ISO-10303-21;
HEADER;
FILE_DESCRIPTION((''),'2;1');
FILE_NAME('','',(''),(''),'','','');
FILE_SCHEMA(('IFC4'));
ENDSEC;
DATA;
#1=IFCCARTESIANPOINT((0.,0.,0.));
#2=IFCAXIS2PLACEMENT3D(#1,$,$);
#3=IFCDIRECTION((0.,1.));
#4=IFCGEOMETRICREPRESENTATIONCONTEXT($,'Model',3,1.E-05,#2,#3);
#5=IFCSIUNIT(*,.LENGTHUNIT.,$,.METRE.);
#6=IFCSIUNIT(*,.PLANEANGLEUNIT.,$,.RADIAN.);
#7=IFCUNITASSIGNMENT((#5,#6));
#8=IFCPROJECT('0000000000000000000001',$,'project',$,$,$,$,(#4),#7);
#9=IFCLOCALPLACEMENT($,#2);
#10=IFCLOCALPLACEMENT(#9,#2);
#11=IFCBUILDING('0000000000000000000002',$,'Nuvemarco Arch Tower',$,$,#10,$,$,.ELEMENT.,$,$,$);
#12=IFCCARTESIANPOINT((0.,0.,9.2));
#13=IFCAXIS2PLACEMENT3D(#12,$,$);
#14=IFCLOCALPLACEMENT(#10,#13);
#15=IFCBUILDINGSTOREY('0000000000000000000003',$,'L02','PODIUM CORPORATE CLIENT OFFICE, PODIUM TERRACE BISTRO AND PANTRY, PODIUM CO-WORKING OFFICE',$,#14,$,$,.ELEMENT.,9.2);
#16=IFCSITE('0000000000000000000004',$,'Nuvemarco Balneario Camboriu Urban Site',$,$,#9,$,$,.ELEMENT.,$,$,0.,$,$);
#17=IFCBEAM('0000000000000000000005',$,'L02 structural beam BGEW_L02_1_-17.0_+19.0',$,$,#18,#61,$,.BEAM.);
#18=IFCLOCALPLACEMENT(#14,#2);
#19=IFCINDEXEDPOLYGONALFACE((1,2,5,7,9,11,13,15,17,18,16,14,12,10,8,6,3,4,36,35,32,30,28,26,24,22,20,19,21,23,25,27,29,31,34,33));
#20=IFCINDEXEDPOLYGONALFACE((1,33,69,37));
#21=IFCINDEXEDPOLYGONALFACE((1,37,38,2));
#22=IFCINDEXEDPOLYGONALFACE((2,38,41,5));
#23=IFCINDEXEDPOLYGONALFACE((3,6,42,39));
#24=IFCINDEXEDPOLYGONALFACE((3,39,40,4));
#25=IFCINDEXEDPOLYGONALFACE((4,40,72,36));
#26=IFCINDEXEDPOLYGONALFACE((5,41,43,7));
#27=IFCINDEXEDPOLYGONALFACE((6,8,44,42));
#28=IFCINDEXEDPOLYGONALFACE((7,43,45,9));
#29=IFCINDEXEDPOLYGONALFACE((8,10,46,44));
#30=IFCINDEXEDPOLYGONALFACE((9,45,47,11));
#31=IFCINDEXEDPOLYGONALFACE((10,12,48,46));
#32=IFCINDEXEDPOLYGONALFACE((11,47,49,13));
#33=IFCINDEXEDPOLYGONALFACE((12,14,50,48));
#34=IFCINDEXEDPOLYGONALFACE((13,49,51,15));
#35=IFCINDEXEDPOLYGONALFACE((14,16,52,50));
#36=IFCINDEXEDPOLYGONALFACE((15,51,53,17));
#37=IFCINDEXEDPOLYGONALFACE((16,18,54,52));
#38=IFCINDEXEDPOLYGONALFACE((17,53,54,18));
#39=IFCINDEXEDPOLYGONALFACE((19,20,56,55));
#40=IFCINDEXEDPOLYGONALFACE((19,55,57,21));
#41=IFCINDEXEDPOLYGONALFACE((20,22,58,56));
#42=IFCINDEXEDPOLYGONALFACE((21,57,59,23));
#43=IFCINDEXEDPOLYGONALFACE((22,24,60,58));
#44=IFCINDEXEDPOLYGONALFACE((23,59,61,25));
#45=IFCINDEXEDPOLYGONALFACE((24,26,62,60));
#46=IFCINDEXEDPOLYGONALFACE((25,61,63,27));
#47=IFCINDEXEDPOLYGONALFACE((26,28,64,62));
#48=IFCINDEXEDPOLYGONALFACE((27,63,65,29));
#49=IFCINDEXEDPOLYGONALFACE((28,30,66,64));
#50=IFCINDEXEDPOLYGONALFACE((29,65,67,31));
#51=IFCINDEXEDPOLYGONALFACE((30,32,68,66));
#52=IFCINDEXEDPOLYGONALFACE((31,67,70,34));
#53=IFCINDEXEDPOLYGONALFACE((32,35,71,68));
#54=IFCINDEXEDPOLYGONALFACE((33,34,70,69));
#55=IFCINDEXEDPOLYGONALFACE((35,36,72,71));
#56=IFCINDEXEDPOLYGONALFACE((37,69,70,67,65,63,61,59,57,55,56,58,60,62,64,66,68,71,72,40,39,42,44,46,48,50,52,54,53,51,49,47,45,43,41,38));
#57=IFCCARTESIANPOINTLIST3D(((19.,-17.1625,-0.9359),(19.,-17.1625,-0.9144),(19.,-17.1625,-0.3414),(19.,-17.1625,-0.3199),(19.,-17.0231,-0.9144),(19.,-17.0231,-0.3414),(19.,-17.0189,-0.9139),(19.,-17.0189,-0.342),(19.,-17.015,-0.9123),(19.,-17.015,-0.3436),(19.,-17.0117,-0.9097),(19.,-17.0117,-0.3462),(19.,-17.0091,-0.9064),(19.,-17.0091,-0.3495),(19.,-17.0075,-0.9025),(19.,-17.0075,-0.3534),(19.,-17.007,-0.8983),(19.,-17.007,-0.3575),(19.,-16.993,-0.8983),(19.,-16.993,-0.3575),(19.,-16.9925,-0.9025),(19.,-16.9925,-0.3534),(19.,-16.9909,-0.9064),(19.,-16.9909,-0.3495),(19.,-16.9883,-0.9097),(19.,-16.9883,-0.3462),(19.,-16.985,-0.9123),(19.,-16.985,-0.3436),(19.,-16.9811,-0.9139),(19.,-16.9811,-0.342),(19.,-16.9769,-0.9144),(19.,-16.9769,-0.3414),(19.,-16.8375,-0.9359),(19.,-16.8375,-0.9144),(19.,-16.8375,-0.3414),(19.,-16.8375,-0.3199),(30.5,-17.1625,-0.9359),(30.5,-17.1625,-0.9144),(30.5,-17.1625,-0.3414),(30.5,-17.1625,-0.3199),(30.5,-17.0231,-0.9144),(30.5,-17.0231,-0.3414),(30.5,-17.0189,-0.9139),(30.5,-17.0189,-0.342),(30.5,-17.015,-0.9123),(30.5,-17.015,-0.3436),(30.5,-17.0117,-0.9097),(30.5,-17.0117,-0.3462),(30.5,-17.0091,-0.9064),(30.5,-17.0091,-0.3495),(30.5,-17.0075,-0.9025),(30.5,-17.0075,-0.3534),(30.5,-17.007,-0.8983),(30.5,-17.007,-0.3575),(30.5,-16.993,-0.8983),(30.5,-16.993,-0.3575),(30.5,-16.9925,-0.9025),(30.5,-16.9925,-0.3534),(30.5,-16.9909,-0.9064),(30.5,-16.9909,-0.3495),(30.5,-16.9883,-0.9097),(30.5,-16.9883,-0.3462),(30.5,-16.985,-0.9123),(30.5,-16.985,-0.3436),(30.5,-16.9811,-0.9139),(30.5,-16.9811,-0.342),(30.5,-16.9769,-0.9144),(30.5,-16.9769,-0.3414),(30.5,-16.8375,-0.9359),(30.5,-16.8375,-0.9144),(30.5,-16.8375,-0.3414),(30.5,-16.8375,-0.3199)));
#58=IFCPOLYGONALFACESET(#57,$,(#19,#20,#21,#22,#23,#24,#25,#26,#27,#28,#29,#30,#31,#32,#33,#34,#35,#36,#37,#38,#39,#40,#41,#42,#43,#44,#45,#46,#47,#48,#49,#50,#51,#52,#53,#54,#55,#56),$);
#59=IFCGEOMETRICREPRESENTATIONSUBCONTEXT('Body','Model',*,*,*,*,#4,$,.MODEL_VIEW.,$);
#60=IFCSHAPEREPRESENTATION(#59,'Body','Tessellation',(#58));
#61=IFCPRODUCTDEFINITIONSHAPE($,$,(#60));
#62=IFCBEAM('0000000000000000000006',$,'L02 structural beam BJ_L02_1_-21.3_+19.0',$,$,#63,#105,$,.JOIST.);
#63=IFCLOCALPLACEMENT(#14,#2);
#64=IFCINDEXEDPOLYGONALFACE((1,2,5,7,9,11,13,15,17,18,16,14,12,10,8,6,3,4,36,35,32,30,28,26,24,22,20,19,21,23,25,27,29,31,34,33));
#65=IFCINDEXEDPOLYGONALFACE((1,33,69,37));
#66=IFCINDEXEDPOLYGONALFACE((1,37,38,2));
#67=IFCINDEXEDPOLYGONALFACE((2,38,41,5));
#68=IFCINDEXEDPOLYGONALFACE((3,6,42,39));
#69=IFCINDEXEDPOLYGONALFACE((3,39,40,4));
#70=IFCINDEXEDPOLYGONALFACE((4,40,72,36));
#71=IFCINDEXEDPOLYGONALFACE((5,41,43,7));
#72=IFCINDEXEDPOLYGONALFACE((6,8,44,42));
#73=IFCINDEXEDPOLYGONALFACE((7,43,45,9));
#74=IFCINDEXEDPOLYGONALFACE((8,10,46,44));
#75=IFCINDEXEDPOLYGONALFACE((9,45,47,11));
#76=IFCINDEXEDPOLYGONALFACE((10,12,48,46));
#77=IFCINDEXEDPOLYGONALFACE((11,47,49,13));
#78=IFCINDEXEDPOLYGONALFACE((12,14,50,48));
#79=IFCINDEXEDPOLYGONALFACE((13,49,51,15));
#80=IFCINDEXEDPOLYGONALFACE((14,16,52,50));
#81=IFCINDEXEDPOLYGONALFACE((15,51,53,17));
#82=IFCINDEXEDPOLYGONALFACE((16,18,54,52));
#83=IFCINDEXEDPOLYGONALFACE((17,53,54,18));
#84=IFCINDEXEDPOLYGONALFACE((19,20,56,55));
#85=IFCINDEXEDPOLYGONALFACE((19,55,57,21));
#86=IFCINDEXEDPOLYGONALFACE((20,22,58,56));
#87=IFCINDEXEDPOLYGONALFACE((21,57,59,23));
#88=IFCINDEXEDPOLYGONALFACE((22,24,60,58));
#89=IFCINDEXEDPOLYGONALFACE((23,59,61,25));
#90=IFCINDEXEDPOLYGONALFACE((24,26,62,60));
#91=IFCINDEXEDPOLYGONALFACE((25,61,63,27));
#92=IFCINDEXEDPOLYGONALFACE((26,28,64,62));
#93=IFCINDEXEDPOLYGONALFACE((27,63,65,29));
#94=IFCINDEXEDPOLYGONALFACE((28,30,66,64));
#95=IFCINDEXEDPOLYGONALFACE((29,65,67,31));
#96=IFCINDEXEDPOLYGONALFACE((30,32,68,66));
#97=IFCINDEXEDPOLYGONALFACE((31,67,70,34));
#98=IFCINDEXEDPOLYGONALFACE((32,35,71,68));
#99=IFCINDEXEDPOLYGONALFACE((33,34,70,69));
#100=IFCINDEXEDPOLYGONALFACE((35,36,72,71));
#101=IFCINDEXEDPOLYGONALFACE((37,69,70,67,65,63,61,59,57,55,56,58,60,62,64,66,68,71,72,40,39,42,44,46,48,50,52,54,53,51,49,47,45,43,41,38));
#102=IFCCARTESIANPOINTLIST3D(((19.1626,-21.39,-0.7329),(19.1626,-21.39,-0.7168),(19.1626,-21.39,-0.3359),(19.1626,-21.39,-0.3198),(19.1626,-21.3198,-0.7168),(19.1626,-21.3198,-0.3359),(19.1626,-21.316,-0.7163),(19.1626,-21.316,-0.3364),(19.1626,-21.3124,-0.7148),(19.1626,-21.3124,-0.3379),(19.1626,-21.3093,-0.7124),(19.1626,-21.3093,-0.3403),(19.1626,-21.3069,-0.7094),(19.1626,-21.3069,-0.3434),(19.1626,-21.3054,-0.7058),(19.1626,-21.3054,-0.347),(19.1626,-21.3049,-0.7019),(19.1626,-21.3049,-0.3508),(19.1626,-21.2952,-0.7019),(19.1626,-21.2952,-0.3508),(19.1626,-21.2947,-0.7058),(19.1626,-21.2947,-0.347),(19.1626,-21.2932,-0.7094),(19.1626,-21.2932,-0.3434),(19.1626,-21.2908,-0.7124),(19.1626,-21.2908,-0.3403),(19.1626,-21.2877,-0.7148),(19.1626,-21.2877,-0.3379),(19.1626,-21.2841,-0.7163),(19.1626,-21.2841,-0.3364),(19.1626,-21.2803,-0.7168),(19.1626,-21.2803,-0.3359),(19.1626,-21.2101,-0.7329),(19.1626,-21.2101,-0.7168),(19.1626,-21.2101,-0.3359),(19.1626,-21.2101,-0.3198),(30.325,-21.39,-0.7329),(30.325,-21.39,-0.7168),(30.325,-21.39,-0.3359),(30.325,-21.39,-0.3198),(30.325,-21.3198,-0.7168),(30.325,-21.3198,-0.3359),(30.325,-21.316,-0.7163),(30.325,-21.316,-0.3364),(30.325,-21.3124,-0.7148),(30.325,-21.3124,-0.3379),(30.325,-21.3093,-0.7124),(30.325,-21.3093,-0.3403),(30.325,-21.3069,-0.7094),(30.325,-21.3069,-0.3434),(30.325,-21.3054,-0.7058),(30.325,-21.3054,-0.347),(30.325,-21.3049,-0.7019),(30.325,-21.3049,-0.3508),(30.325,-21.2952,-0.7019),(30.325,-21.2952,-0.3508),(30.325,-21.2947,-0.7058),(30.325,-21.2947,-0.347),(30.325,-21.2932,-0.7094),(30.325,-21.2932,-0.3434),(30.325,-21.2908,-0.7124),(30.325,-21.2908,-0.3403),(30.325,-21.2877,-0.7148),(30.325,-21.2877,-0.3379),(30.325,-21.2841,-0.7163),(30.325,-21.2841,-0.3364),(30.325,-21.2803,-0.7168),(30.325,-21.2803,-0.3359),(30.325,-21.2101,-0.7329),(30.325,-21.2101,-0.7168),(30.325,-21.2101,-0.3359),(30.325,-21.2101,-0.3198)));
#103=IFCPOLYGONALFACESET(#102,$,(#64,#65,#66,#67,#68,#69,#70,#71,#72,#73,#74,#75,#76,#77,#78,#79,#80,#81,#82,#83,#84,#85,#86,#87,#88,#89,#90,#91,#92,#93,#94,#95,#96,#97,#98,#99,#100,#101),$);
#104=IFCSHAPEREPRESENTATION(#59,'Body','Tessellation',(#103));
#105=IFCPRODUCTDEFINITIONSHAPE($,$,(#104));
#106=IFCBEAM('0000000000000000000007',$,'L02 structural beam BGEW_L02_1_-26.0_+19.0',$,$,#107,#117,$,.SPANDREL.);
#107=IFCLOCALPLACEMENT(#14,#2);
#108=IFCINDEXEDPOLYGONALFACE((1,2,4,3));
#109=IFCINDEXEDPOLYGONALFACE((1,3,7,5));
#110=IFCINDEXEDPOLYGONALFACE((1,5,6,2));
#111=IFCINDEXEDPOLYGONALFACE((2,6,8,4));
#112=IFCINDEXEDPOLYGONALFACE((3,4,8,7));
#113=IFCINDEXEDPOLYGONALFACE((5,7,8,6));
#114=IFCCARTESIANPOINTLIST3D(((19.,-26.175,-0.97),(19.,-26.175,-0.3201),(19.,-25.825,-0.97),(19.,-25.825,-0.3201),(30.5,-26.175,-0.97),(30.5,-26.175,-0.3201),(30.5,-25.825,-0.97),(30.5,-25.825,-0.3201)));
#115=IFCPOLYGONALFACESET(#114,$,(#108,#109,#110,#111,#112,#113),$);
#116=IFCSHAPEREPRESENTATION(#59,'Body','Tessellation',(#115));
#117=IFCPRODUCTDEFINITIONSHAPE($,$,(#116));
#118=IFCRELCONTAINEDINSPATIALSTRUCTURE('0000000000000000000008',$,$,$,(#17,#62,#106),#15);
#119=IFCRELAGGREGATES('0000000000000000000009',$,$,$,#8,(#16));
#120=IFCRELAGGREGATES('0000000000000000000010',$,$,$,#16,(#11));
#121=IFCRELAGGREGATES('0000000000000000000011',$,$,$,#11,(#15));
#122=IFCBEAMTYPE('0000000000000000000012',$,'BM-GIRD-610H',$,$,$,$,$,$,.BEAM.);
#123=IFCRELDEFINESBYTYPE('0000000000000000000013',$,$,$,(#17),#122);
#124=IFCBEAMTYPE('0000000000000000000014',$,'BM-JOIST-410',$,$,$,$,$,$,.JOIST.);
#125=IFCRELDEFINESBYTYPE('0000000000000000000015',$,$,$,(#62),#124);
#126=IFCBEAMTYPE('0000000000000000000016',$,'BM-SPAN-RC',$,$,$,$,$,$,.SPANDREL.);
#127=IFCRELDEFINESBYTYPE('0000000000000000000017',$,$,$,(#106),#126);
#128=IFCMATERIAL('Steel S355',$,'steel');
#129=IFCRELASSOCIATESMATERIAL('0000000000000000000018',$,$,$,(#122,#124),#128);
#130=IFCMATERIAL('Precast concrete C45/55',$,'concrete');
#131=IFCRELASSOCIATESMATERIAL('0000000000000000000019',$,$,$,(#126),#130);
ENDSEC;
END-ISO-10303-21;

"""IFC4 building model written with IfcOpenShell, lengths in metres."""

from ifc_helpers import new_model, si_unit, direction, frame, origin, origin_2d, place, context, subcontext, project, spatial, rectangle, i_section, extrude, material, material_profile, profile_set, type_object, element, save


model = new_model("IFC4")

# Units and contexts
model_context = context("Model", 3, precision=1e-05, world=origin(), true_north=direction((0.0, 1.0)))
body_context = subcontext(model_context, "Body", "Model", "MODEL_VIEW")
ifc_project = project(units=[si_unit("LENGTHUNIT", "METRE"), si_unit("PLANEANGLEUNIT", "RADIAN")], contexts=[model_context])

# Site, building, storey
site_placement = place(None, origin())
site = spatial("IfcSite", under=ifc_project, at=site_placement, Name="Nuvemarco Balneario Camboriu Urban Site", CompositionType="ELEMENT", RefElevation=0.0)
building_placement = place(site_placement, origin())
building = spatial("IfcBuilding", under=site, at=building_placement, Name="Nuvemarco Arch Tower", CompositionType="ELEMENT")
storey_placement = place(building_placement, frame((0.0, 0.0, 9.2)))
storey = spatial("IfcBuildingStorey", under=building, at=storey_placement, Name="L02", Description="PODIUM CORPORATE CLIENT OFFICE, PODIUM TERRACE BISTRO AND PANTRY, PODIUM CO-WORKING OFFICE", CompositionType="ELEMENT", Elevation=9.2)

# Beams
ifc_material_1 = material(Name="Steel S355", Category="steel")
ifc_material_profile_1 = material_profile(ifc_material_1, i_section(OverallWidth=0.325, OverallDepth=0.616, WebThickness=0.0139, FlangeThickness=0.0215, FilletRadius=0.0161, at=origin_2d()), Name="W610x174")
ifc_profile_set_1 = profile_set([ifc_material_profile_1], Name="Steel S355")
beam_type_1 = type_object("IfcBeamType", Name="BM-GIRD-610H", PredefinedType="BEAM", material=ifc_profile_set_1)
beam_1_placement = place(storey_placement, frame((19.0, -17.0, -0.6279), z_axis=(1.0, 0.0, 0.0), x_axis=(0.0, 1.0, 0.0)))
element("IfcBeam", 1, at=beam_1_placement, inside=storey, type_object=beam_type_1, Name="L02 structural beam BGEW_L02_1_-17.0_+19.0", PredefinedType="BEAM", context=body_context, shape_type="SweptSolid", body=[
    extrude(i_section(OverallWidth=0.325, OverallDepth=0.616, WebThickness=0.0139, FlangeThickness=0.0215, FilletRadius=0.0161, at=origin_2d()), origin(), (0.0, 0.0, 1.0), 11.5),
])
ifc_material_profile_2 = material_profile(ifc_material_1, i_section(OverallWidth=0.1799, OverallDepth=0.4131, WebThickness=0.0098, FlangeThickness=0.0161, FilletRadius=0.0149, at=origin_2d()), Name="W410x75")
ifc_profile_set_2 = profile_set([ifc_material_profile_2], Name="Steel S355")
beam_type_2 = type_object("IfcBeamType", Name="BM-JOIST-410", PredefinedType="JOIST", material=ifc_profile_set_2)
beam_2_placement = place(storey_placement, frame((19.1626, -21.3, -0.5264), z_axis=(1.0, 0.0, 0.0), x_axis=(0.0, 1.0, 0.0)))
element("IfcBeam", 2, at=beam_2_placement, inside=storey, type_object=beam_type_2, Name="L02 structural beam BJ_L02_1_-21.3_+19.0", PredefinedType="JOIST", context=body_context, shape_type="SweptSolid", body=[
    extrude(i_section(OverallWidth=0.1799, OverallDepth=0.4131, WebThickness=0.0098, FlangeThickness=0.0161, FilletRadius=0.0149, at=origin_2d()), origin(), (0.0, 0.0, 1.0), 11.1624),
])
ifc_material_2 = material(Name="Precast concrete C45/55", Category="concrete")
ifc_material_profile_3 = material_profile(ifc_material_2, rectangle(XDim=0.3501, YDim=0.6499, at=origin_2d()), Name="PC-SP-350x650")
ifc_profile_set_3 = profile_set([ifc_material_profile_3], Name="Precast concrete C45/55")
beam_type_3 = type_object("IfcBeamType", Name="BM-SPAN-RC", PredefinedType="SPANDREL", material=ifc_profile_set_3)
beam_3_placement = place(storey_placement, frame((19.0, -26.0, -0.645), z_axis=(1.0, 0.0, 0.0), x_axis=(0.0, 1.0, 0.0)))
element("IfcBeam", 3, at=beam_3_placement, inside=storey, type_object=beam_type_3, Name="L02 structural beam BGEW_L02_1_-26.0_+19.0", PredefinedType="SPANDREL", context=body_context, shape_type="SweptSolid", body=[
    extrude(rectangle(XDim=0.3501, YDim=0.6499, at=origin_2d()), origin(), (0.0, 0.0, 1.0), 11.5),
])

save(model, "model.ifc")
